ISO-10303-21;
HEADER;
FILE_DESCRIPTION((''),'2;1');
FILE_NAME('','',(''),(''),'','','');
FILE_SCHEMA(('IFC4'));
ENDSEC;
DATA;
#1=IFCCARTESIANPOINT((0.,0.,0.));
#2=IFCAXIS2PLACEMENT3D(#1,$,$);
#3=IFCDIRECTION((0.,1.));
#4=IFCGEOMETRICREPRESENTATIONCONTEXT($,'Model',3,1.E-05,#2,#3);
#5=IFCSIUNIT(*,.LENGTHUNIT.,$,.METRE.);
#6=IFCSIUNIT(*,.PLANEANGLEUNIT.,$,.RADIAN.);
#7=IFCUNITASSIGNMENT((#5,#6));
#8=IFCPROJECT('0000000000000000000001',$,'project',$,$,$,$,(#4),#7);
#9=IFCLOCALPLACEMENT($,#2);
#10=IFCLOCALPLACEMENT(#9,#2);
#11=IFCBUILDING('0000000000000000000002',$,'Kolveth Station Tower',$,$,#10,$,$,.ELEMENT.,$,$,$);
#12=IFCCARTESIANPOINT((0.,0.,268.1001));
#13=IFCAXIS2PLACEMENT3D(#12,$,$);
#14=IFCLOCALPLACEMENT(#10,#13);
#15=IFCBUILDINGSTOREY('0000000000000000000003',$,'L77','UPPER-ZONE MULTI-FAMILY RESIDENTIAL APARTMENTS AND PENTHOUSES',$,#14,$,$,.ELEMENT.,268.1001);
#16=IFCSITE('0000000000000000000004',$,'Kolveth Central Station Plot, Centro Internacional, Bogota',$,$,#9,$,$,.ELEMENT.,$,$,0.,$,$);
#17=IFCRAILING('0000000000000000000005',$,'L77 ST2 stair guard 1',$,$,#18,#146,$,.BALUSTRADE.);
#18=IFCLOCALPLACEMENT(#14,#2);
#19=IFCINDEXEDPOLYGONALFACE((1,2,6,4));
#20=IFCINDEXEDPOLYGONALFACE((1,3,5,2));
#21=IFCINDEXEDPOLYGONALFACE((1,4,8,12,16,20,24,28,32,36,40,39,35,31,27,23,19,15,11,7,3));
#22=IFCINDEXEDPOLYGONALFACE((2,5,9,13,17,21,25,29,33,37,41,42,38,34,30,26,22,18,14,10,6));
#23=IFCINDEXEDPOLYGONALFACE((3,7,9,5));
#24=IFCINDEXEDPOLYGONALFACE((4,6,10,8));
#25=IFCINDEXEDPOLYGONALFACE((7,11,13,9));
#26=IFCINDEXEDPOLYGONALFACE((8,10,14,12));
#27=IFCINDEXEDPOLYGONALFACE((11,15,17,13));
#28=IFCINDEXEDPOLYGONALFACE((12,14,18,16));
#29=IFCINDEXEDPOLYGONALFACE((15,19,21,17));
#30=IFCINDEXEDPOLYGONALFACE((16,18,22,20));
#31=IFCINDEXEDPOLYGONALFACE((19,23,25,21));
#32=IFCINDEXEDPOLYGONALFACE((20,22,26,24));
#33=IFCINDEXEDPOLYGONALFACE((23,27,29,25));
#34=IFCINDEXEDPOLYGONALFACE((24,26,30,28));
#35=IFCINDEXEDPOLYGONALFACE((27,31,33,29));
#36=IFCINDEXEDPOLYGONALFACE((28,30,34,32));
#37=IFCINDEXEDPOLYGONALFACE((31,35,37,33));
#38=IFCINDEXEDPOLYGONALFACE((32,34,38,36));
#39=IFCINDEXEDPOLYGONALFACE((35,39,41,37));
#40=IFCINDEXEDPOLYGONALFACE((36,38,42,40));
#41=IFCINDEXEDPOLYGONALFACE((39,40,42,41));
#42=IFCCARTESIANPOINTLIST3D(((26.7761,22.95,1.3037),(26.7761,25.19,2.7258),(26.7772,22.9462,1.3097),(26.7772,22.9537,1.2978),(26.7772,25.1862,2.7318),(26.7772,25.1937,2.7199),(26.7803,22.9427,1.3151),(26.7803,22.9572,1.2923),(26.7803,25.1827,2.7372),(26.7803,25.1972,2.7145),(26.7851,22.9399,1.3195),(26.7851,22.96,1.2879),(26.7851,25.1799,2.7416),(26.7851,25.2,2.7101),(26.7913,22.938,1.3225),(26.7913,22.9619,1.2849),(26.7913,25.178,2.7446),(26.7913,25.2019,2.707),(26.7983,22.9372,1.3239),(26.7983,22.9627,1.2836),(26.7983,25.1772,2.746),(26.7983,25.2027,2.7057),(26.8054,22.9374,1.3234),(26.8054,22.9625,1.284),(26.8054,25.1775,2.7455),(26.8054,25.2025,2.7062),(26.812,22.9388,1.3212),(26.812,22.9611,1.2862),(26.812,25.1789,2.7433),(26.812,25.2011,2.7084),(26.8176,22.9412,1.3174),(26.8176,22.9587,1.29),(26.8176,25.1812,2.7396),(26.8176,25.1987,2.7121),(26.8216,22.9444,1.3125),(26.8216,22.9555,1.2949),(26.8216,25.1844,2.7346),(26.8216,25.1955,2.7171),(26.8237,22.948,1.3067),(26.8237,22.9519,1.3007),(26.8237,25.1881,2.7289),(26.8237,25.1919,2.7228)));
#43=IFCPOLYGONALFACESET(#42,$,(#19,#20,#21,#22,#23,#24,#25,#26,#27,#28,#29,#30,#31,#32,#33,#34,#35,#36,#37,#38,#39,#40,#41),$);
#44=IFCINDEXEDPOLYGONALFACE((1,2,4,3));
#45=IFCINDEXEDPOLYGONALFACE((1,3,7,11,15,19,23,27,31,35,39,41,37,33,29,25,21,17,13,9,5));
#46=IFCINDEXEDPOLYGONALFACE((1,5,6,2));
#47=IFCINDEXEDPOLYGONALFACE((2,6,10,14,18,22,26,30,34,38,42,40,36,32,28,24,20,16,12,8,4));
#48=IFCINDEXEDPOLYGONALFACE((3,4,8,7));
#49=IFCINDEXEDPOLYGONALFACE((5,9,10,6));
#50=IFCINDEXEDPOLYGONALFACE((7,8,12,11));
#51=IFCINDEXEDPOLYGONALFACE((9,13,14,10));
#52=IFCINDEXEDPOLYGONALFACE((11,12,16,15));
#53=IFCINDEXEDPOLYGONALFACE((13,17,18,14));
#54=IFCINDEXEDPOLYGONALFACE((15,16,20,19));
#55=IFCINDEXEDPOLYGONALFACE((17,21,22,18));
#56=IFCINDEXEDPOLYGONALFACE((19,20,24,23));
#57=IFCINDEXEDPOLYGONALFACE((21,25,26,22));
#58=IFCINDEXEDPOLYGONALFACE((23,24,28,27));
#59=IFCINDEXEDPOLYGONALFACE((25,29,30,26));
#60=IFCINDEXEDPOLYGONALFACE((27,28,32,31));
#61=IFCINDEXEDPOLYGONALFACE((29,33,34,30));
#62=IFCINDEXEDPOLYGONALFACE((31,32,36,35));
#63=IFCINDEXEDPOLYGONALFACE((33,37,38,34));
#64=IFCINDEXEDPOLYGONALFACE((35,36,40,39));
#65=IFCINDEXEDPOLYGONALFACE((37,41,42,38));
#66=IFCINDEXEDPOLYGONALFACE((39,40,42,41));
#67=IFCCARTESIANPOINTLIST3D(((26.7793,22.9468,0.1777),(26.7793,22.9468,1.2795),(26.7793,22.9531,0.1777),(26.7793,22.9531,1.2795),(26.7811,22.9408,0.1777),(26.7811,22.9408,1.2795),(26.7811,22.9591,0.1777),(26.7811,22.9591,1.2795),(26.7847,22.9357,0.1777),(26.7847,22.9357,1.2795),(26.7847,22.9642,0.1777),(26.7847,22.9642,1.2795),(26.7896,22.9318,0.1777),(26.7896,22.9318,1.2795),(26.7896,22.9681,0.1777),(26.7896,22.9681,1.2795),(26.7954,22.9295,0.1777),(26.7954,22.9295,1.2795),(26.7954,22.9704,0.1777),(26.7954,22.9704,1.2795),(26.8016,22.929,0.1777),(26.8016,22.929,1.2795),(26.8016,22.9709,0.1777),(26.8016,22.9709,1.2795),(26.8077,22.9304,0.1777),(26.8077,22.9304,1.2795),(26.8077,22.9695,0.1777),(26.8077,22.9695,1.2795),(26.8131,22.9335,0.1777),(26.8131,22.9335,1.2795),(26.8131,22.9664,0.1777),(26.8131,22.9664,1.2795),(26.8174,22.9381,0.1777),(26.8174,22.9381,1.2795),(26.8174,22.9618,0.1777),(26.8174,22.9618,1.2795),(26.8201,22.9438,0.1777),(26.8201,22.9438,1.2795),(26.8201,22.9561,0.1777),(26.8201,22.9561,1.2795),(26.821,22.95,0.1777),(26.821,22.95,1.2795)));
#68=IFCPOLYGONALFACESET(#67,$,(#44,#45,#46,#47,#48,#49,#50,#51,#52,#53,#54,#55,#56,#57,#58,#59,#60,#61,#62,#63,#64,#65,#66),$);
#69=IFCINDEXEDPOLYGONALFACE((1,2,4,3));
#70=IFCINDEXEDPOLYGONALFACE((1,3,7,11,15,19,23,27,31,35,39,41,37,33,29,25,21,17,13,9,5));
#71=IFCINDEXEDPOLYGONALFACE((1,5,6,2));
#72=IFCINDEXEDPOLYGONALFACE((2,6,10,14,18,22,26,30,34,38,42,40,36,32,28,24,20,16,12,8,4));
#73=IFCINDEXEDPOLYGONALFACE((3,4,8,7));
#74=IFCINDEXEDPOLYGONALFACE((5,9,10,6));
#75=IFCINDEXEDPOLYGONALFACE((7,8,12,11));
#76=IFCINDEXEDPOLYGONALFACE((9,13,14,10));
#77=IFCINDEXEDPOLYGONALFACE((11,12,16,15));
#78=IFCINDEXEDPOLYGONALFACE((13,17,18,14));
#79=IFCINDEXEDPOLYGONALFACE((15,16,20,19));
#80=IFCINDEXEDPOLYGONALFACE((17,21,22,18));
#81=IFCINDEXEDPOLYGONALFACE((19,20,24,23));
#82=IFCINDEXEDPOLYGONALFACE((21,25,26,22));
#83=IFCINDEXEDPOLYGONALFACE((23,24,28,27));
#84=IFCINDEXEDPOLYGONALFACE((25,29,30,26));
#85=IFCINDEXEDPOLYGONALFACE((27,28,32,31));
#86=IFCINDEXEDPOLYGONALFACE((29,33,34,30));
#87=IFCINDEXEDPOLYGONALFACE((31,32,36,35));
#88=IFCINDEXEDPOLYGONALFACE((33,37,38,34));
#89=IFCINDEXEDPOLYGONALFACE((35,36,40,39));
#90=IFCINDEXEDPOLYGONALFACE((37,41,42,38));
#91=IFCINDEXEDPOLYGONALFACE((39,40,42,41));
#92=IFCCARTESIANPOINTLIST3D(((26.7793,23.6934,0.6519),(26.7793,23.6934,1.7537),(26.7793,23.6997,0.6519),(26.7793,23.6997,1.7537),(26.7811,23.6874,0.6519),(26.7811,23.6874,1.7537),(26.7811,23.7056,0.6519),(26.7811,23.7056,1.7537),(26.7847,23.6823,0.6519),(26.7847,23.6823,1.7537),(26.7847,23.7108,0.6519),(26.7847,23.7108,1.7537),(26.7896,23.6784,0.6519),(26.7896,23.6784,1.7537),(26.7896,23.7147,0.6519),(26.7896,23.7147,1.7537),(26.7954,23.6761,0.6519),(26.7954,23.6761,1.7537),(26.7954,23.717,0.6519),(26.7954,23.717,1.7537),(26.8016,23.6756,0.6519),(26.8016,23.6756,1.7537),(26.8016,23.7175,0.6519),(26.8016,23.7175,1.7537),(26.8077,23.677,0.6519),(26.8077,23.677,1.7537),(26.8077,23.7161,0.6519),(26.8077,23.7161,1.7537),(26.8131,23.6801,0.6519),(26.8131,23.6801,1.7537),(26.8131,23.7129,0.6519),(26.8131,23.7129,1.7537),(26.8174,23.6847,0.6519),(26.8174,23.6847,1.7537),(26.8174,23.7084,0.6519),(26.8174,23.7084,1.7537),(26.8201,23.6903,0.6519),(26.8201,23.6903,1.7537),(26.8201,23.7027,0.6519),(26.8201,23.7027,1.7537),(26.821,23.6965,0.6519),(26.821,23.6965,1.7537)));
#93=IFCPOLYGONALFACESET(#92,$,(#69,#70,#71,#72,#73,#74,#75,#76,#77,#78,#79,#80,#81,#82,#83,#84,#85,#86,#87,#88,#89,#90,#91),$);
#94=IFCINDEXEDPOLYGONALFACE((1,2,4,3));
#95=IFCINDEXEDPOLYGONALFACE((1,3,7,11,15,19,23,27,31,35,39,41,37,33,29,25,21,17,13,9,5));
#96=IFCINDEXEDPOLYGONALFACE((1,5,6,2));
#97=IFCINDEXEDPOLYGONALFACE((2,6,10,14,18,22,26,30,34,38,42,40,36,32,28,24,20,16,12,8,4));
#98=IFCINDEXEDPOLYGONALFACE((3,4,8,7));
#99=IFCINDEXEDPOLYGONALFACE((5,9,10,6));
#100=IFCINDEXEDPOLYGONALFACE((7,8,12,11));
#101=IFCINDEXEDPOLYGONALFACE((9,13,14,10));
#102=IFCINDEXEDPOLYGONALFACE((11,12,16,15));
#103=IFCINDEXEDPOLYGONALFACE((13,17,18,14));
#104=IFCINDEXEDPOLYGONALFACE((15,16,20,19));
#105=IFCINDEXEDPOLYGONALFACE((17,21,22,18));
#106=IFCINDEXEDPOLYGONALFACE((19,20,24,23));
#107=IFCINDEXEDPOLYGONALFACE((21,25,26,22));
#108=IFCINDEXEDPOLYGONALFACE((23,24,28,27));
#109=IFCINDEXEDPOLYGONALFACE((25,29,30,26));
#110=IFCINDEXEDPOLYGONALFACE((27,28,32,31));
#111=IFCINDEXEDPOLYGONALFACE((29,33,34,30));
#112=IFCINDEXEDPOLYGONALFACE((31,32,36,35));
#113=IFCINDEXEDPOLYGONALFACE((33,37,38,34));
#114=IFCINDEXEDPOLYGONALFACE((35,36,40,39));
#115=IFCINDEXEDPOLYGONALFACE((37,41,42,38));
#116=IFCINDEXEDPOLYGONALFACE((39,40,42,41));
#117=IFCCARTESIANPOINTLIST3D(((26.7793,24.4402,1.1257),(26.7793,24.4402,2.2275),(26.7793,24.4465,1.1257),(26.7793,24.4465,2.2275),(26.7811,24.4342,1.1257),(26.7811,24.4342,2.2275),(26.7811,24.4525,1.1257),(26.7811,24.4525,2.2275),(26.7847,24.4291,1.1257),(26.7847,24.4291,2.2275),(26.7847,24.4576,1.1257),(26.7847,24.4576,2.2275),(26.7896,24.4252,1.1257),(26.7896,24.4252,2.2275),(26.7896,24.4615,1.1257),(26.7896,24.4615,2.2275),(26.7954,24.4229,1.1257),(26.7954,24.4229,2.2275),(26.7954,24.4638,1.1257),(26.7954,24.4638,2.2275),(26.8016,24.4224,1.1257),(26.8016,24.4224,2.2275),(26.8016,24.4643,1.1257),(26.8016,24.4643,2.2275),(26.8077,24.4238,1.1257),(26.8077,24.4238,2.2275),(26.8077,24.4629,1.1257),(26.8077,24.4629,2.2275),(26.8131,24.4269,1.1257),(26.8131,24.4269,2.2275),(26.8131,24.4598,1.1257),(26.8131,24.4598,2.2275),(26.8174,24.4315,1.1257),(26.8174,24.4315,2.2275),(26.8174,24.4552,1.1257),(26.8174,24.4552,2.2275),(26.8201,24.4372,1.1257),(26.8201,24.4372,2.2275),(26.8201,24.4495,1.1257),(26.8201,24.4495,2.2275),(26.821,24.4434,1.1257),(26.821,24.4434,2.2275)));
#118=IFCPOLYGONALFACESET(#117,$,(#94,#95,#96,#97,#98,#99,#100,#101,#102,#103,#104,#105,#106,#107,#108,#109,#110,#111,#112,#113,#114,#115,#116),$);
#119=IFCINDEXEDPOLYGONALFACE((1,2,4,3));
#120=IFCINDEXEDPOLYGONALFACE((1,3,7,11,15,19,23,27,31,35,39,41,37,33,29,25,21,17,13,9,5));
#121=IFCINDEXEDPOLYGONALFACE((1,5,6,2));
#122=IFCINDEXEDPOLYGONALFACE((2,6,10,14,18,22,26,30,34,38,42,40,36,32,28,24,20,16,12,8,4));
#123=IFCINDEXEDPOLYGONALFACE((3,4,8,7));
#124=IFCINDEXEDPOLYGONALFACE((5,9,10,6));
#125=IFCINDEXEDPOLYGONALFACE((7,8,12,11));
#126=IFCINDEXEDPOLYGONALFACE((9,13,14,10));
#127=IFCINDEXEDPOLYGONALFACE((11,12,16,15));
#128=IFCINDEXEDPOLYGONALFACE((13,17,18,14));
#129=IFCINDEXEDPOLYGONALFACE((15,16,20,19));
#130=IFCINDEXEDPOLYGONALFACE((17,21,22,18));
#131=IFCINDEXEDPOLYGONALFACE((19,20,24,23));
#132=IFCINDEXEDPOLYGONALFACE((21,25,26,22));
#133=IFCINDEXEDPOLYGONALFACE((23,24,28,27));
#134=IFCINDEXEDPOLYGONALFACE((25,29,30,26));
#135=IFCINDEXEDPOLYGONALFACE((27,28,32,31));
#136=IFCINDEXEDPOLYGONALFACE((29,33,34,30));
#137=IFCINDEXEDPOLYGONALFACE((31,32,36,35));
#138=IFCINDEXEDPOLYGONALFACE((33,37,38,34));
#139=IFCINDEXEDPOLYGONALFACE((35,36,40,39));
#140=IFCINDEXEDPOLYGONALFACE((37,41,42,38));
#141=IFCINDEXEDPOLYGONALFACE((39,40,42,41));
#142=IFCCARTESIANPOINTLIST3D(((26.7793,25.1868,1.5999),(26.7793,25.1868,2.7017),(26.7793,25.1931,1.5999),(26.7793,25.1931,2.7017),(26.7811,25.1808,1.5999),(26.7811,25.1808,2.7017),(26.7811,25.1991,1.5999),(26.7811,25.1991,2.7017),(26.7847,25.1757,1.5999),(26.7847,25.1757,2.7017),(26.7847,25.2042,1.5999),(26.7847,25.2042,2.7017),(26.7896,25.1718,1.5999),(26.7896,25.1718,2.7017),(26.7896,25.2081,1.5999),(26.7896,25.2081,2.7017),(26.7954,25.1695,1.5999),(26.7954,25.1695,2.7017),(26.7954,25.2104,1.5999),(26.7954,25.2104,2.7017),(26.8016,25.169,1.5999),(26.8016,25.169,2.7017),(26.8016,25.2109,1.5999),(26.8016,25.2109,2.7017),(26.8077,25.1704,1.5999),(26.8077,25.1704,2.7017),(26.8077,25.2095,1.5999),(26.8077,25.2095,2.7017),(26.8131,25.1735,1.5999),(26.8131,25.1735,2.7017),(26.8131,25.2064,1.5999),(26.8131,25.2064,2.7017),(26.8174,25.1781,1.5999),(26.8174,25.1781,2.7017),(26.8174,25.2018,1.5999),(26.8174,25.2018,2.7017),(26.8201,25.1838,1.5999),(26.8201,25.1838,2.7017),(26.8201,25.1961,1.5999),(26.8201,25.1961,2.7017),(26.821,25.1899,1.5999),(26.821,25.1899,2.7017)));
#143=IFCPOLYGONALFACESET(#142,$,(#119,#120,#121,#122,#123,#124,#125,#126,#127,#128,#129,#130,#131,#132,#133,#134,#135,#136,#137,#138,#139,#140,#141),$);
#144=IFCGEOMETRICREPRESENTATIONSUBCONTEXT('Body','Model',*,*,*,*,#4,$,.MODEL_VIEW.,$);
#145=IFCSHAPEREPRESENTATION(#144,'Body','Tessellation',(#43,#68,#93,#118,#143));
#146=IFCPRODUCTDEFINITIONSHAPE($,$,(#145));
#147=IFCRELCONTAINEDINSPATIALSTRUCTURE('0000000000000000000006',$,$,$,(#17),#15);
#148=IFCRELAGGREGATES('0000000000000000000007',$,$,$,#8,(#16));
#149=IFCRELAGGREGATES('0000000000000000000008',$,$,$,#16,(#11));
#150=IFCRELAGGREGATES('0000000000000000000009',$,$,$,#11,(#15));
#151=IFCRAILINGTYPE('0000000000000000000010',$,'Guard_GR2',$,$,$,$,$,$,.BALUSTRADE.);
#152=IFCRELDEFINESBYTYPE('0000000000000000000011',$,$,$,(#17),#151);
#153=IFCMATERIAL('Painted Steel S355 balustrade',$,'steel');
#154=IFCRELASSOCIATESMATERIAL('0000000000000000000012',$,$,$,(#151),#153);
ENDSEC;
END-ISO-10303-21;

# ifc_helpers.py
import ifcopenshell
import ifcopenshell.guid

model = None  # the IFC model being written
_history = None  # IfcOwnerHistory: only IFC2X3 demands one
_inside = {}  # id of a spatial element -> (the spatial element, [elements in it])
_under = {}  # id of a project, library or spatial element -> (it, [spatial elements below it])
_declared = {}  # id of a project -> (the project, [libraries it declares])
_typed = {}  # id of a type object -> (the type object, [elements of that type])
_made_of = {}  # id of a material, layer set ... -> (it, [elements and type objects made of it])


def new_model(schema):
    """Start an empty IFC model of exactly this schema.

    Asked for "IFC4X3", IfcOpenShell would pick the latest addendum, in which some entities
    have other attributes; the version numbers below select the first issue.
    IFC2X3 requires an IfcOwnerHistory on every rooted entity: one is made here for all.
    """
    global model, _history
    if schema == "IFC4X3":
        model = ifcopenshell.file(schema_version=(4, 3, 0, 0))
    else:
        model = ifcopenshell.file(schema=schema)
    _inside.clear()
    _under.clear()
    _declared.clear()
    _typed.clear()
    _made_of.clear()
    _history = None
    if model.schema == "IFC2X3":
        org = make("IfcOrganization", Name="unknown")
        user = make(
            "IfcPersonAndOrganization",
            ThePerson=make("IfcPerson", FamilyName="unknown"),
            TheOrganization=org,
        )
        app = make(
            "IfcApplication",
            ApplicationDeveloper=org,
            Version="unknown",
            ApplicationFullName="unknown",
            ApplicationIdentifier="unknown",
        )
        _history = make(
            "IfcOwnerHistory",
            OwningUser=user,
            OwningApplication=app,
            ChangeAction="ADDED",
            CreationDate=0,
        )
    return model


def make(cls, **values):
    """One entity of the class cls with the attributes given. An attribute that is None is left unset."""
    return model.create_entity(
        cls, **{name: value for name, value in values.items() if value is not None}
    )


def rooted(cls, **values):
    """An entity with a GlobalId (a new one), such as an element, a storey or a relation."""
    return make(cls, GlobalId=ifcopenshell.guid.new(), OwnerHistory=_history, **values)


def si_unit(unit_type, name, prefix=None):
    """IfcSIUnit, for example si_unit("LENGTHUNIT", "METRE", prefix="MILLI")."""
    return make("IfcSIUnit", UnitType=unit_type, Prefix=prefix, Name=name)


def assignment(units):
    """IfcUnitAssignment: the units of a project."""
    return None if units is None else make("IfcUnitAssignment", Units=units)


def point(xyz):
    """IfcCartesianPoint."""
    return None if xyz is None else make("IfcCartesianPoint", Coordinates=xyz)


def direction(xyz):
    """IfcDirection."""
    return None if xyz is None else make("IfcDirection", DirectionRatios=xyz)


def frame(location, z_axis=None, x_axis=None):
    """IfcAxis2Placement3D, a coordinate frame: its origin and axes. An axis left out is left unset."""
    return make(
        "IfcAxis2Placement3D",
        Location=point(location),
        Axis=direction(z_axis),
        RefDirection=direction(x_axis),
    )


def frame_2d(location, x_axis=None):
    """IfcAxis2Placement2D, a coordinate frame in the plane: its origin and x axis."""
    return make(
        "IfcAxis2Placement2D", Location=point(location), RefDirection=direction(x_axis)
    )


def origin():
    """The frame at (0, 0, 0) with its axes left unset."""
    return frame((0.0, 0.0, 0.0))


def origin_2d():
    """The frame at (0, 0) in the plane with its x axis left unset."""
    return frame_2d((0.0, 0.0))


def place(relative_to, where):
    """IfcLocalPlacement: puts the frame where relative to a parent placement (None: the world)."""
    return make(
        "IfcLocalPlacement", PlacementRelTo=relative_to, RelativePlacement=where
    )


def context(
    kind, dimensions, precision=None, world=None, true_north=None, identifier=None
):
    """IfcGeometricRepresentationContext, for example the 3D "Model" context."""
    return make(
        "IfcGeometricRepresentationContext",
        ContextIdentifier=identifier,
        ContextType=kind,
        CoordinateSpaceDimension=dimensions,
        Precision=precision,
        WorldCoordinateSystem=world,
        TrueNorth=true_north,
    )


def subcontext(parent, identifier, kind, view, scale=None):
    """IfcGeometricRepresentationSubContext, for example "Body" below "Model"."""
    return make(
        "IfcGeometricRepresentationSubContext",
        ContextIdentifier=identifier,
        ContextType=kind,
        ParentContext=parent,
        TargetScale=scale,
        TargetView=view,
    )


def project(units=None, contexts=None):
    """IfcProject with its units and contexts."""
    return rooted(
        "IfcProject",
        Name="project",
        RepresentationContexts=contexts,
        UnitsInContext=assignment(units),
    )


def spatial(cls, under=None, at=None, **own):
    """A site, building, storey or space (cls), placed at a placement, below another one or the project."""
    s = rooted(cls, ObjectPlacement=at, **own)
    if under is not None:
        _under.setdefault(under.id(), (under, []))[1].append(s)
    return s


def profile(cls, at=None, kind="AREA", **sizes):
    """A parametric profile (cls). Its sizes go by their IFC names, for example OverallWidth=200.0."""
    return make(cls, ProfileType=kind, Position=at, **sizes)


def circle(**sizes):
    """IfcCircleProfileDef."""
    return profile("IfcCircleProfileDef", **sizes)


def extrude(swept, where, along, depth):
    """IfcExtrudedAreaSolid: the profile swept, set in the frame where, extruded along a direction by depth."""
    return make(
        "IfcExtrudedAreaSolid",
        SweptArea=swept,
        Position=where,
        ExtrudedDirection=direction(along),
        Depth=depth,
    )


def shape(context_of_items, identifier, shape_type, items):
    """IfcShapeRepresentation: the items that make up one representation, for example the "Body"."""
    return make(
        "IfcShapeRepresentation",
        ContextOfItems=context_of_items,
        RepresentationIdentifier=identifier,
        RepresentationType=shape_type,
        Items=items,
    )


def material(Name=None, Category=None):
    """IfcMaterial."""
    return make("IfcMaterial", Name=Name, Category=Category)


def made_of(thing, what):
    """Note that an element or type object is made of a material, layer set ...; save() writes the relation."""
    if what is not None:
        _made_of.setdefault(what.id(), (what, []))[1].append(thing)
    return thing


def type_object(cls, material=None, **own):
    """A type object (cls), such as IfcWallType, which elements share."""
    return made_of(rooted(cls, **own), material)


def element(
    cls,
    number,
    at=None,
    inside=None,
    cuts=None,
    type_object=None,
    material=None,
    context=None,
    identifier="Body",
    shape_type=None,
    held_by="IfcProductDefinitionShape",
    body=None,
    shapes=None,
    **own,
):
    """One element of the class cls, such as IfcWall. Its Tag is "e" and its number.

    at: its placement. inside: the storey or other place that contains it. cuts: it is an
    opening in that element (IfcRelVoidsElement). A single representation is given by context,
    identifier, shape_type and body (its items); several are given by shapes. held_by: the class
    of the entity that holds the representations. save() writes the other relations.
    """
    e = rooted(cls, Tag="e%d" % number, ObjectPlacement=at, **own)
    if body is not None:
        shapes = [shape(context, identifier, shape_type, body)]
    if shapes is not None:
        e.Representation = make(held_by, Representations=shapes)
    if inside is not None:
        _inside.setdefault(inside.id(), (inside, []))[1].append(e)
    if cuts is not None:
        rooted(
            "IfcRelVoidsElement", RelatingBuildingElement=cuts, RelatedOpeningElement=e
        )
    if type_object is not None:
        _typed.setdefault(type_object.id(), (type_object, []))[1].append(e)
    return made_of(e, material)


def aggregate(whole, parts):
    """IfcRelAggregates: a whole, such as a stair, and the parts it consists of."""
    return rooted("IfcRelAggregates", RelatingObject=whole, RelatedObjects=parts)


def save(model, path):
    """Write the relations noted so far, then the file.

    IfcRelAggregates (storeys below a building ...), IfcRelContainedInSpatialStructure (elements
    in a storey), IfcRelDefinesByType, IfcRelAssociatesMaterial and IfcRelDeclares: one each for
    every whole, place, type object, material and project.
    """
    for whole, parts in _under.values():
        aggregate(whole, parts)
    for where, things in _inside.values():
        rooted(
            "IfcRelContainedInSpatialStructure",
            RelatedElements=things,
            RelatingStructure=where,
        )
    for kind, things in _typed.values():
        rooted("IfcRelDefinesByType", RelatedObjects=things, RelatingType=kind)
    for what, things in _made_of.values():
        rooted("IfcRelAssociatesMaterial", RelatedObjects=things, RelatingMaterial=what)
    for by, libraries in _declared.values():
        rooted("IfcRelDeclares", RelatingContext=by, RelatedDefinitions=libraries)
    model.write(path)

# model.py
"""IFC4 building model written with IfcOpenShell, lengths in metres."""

from ifc_helpers import new_model, si_unit, direction, frame, origin, origin_2d, place, context, subcontext, project, spatial, circle, extrude, material, type_object, element, save


model = new_model("IFC4")

# Units and contexts
model_context = context("Model", 3, precision=1e-05, world=origin(), true_north=direction((0.0, 1.0)))
body_context = subcontext(model_context, "Body", "Model", "MODEL_VIEW")
ifc_project = project(units=[si_unit("LENGTHUNIT", "METRE"), si_unit("PLANEANGLEUNIT", "RADIAN")], contexts=[model_context])

# Site, building, storey
site_placement = place(None, origin())
site = spatial("IfcSite", under=ifc_project, at=site_placement, Name="Kolveth Central Station Plot, Centro Internacional, Bogota", CompositionType="ELEMENT", RefElevation=0.0)
building_placement = place(site_placement, origin())
building = spatial("IfcBuilding", under=site, at=building_placement, Name="Kolveth Station Tower", CompositionType="ELEMENT")
storey_placement = place(building_placement, frame((0.0, 0.0, 268.1001)))
storey = spatial("IfcBuildingStorey", under=building, at=storey_placement, Name="L77", Description="UPPER-ZONE MULTI-FAMILY RESIDENTIAL APARTMENTS AND PENTHOUSES", CompositionType="ELEMENT", Elevation=268.1001)

# Railing
ifc_material_1 = material(Name="Painted Steel S355 balustrade", Category="steel")
railing_type_1 = type_object("IfcRailingType", Name="Guard_GR2", PredefinedType="BALUSTRADE", material=ifc_material_1)
railing_1_placement = place(storey_placement, frame((26.8, 22.95, 0.1777)))
element("IfcRailing", 1, at=railing_1_placement, inside=storey, type_object=railing_type_1, Name="L77 ST2 stair guard 1", PredefinedType="BALUSTRADE", context=body_context, shape_type="SweptSolid", body=[
    extrude(circle(Radius=0.0239, at=origin_2d()), frame((0.0, 0.0, 1.126), z_axis=(0.0, 0.844229, 0.535982), x_axis=(-1.0, 0.0, 0.0)), (0.0, 0.0, 1.0), 2.6533),
    extrude(circle(Radius=0.021, at=origin_2d()), origin(), (0.0, 0.0, 1.0), 1.1018),
    extrude(circle(Radius=0.021, at=origin_2d()), frame((0.0, 0.7466, 0.4741)), (0.0, 0.0, 1.0), 1.1018),
    extrude(circle(Radius=0.021, at=origin_2d()), frame((0.0, 1.4934, 0.948)), (0.0, 0.0, 1.0), 1.1018),
    extrude(circle(Radius=0.021, at=origin_2d()), frame((0.0, 2.24, 1.4221)), (0.0, 0.0, 1.0), 1.1018),
])

save(model, "model.ifc")
